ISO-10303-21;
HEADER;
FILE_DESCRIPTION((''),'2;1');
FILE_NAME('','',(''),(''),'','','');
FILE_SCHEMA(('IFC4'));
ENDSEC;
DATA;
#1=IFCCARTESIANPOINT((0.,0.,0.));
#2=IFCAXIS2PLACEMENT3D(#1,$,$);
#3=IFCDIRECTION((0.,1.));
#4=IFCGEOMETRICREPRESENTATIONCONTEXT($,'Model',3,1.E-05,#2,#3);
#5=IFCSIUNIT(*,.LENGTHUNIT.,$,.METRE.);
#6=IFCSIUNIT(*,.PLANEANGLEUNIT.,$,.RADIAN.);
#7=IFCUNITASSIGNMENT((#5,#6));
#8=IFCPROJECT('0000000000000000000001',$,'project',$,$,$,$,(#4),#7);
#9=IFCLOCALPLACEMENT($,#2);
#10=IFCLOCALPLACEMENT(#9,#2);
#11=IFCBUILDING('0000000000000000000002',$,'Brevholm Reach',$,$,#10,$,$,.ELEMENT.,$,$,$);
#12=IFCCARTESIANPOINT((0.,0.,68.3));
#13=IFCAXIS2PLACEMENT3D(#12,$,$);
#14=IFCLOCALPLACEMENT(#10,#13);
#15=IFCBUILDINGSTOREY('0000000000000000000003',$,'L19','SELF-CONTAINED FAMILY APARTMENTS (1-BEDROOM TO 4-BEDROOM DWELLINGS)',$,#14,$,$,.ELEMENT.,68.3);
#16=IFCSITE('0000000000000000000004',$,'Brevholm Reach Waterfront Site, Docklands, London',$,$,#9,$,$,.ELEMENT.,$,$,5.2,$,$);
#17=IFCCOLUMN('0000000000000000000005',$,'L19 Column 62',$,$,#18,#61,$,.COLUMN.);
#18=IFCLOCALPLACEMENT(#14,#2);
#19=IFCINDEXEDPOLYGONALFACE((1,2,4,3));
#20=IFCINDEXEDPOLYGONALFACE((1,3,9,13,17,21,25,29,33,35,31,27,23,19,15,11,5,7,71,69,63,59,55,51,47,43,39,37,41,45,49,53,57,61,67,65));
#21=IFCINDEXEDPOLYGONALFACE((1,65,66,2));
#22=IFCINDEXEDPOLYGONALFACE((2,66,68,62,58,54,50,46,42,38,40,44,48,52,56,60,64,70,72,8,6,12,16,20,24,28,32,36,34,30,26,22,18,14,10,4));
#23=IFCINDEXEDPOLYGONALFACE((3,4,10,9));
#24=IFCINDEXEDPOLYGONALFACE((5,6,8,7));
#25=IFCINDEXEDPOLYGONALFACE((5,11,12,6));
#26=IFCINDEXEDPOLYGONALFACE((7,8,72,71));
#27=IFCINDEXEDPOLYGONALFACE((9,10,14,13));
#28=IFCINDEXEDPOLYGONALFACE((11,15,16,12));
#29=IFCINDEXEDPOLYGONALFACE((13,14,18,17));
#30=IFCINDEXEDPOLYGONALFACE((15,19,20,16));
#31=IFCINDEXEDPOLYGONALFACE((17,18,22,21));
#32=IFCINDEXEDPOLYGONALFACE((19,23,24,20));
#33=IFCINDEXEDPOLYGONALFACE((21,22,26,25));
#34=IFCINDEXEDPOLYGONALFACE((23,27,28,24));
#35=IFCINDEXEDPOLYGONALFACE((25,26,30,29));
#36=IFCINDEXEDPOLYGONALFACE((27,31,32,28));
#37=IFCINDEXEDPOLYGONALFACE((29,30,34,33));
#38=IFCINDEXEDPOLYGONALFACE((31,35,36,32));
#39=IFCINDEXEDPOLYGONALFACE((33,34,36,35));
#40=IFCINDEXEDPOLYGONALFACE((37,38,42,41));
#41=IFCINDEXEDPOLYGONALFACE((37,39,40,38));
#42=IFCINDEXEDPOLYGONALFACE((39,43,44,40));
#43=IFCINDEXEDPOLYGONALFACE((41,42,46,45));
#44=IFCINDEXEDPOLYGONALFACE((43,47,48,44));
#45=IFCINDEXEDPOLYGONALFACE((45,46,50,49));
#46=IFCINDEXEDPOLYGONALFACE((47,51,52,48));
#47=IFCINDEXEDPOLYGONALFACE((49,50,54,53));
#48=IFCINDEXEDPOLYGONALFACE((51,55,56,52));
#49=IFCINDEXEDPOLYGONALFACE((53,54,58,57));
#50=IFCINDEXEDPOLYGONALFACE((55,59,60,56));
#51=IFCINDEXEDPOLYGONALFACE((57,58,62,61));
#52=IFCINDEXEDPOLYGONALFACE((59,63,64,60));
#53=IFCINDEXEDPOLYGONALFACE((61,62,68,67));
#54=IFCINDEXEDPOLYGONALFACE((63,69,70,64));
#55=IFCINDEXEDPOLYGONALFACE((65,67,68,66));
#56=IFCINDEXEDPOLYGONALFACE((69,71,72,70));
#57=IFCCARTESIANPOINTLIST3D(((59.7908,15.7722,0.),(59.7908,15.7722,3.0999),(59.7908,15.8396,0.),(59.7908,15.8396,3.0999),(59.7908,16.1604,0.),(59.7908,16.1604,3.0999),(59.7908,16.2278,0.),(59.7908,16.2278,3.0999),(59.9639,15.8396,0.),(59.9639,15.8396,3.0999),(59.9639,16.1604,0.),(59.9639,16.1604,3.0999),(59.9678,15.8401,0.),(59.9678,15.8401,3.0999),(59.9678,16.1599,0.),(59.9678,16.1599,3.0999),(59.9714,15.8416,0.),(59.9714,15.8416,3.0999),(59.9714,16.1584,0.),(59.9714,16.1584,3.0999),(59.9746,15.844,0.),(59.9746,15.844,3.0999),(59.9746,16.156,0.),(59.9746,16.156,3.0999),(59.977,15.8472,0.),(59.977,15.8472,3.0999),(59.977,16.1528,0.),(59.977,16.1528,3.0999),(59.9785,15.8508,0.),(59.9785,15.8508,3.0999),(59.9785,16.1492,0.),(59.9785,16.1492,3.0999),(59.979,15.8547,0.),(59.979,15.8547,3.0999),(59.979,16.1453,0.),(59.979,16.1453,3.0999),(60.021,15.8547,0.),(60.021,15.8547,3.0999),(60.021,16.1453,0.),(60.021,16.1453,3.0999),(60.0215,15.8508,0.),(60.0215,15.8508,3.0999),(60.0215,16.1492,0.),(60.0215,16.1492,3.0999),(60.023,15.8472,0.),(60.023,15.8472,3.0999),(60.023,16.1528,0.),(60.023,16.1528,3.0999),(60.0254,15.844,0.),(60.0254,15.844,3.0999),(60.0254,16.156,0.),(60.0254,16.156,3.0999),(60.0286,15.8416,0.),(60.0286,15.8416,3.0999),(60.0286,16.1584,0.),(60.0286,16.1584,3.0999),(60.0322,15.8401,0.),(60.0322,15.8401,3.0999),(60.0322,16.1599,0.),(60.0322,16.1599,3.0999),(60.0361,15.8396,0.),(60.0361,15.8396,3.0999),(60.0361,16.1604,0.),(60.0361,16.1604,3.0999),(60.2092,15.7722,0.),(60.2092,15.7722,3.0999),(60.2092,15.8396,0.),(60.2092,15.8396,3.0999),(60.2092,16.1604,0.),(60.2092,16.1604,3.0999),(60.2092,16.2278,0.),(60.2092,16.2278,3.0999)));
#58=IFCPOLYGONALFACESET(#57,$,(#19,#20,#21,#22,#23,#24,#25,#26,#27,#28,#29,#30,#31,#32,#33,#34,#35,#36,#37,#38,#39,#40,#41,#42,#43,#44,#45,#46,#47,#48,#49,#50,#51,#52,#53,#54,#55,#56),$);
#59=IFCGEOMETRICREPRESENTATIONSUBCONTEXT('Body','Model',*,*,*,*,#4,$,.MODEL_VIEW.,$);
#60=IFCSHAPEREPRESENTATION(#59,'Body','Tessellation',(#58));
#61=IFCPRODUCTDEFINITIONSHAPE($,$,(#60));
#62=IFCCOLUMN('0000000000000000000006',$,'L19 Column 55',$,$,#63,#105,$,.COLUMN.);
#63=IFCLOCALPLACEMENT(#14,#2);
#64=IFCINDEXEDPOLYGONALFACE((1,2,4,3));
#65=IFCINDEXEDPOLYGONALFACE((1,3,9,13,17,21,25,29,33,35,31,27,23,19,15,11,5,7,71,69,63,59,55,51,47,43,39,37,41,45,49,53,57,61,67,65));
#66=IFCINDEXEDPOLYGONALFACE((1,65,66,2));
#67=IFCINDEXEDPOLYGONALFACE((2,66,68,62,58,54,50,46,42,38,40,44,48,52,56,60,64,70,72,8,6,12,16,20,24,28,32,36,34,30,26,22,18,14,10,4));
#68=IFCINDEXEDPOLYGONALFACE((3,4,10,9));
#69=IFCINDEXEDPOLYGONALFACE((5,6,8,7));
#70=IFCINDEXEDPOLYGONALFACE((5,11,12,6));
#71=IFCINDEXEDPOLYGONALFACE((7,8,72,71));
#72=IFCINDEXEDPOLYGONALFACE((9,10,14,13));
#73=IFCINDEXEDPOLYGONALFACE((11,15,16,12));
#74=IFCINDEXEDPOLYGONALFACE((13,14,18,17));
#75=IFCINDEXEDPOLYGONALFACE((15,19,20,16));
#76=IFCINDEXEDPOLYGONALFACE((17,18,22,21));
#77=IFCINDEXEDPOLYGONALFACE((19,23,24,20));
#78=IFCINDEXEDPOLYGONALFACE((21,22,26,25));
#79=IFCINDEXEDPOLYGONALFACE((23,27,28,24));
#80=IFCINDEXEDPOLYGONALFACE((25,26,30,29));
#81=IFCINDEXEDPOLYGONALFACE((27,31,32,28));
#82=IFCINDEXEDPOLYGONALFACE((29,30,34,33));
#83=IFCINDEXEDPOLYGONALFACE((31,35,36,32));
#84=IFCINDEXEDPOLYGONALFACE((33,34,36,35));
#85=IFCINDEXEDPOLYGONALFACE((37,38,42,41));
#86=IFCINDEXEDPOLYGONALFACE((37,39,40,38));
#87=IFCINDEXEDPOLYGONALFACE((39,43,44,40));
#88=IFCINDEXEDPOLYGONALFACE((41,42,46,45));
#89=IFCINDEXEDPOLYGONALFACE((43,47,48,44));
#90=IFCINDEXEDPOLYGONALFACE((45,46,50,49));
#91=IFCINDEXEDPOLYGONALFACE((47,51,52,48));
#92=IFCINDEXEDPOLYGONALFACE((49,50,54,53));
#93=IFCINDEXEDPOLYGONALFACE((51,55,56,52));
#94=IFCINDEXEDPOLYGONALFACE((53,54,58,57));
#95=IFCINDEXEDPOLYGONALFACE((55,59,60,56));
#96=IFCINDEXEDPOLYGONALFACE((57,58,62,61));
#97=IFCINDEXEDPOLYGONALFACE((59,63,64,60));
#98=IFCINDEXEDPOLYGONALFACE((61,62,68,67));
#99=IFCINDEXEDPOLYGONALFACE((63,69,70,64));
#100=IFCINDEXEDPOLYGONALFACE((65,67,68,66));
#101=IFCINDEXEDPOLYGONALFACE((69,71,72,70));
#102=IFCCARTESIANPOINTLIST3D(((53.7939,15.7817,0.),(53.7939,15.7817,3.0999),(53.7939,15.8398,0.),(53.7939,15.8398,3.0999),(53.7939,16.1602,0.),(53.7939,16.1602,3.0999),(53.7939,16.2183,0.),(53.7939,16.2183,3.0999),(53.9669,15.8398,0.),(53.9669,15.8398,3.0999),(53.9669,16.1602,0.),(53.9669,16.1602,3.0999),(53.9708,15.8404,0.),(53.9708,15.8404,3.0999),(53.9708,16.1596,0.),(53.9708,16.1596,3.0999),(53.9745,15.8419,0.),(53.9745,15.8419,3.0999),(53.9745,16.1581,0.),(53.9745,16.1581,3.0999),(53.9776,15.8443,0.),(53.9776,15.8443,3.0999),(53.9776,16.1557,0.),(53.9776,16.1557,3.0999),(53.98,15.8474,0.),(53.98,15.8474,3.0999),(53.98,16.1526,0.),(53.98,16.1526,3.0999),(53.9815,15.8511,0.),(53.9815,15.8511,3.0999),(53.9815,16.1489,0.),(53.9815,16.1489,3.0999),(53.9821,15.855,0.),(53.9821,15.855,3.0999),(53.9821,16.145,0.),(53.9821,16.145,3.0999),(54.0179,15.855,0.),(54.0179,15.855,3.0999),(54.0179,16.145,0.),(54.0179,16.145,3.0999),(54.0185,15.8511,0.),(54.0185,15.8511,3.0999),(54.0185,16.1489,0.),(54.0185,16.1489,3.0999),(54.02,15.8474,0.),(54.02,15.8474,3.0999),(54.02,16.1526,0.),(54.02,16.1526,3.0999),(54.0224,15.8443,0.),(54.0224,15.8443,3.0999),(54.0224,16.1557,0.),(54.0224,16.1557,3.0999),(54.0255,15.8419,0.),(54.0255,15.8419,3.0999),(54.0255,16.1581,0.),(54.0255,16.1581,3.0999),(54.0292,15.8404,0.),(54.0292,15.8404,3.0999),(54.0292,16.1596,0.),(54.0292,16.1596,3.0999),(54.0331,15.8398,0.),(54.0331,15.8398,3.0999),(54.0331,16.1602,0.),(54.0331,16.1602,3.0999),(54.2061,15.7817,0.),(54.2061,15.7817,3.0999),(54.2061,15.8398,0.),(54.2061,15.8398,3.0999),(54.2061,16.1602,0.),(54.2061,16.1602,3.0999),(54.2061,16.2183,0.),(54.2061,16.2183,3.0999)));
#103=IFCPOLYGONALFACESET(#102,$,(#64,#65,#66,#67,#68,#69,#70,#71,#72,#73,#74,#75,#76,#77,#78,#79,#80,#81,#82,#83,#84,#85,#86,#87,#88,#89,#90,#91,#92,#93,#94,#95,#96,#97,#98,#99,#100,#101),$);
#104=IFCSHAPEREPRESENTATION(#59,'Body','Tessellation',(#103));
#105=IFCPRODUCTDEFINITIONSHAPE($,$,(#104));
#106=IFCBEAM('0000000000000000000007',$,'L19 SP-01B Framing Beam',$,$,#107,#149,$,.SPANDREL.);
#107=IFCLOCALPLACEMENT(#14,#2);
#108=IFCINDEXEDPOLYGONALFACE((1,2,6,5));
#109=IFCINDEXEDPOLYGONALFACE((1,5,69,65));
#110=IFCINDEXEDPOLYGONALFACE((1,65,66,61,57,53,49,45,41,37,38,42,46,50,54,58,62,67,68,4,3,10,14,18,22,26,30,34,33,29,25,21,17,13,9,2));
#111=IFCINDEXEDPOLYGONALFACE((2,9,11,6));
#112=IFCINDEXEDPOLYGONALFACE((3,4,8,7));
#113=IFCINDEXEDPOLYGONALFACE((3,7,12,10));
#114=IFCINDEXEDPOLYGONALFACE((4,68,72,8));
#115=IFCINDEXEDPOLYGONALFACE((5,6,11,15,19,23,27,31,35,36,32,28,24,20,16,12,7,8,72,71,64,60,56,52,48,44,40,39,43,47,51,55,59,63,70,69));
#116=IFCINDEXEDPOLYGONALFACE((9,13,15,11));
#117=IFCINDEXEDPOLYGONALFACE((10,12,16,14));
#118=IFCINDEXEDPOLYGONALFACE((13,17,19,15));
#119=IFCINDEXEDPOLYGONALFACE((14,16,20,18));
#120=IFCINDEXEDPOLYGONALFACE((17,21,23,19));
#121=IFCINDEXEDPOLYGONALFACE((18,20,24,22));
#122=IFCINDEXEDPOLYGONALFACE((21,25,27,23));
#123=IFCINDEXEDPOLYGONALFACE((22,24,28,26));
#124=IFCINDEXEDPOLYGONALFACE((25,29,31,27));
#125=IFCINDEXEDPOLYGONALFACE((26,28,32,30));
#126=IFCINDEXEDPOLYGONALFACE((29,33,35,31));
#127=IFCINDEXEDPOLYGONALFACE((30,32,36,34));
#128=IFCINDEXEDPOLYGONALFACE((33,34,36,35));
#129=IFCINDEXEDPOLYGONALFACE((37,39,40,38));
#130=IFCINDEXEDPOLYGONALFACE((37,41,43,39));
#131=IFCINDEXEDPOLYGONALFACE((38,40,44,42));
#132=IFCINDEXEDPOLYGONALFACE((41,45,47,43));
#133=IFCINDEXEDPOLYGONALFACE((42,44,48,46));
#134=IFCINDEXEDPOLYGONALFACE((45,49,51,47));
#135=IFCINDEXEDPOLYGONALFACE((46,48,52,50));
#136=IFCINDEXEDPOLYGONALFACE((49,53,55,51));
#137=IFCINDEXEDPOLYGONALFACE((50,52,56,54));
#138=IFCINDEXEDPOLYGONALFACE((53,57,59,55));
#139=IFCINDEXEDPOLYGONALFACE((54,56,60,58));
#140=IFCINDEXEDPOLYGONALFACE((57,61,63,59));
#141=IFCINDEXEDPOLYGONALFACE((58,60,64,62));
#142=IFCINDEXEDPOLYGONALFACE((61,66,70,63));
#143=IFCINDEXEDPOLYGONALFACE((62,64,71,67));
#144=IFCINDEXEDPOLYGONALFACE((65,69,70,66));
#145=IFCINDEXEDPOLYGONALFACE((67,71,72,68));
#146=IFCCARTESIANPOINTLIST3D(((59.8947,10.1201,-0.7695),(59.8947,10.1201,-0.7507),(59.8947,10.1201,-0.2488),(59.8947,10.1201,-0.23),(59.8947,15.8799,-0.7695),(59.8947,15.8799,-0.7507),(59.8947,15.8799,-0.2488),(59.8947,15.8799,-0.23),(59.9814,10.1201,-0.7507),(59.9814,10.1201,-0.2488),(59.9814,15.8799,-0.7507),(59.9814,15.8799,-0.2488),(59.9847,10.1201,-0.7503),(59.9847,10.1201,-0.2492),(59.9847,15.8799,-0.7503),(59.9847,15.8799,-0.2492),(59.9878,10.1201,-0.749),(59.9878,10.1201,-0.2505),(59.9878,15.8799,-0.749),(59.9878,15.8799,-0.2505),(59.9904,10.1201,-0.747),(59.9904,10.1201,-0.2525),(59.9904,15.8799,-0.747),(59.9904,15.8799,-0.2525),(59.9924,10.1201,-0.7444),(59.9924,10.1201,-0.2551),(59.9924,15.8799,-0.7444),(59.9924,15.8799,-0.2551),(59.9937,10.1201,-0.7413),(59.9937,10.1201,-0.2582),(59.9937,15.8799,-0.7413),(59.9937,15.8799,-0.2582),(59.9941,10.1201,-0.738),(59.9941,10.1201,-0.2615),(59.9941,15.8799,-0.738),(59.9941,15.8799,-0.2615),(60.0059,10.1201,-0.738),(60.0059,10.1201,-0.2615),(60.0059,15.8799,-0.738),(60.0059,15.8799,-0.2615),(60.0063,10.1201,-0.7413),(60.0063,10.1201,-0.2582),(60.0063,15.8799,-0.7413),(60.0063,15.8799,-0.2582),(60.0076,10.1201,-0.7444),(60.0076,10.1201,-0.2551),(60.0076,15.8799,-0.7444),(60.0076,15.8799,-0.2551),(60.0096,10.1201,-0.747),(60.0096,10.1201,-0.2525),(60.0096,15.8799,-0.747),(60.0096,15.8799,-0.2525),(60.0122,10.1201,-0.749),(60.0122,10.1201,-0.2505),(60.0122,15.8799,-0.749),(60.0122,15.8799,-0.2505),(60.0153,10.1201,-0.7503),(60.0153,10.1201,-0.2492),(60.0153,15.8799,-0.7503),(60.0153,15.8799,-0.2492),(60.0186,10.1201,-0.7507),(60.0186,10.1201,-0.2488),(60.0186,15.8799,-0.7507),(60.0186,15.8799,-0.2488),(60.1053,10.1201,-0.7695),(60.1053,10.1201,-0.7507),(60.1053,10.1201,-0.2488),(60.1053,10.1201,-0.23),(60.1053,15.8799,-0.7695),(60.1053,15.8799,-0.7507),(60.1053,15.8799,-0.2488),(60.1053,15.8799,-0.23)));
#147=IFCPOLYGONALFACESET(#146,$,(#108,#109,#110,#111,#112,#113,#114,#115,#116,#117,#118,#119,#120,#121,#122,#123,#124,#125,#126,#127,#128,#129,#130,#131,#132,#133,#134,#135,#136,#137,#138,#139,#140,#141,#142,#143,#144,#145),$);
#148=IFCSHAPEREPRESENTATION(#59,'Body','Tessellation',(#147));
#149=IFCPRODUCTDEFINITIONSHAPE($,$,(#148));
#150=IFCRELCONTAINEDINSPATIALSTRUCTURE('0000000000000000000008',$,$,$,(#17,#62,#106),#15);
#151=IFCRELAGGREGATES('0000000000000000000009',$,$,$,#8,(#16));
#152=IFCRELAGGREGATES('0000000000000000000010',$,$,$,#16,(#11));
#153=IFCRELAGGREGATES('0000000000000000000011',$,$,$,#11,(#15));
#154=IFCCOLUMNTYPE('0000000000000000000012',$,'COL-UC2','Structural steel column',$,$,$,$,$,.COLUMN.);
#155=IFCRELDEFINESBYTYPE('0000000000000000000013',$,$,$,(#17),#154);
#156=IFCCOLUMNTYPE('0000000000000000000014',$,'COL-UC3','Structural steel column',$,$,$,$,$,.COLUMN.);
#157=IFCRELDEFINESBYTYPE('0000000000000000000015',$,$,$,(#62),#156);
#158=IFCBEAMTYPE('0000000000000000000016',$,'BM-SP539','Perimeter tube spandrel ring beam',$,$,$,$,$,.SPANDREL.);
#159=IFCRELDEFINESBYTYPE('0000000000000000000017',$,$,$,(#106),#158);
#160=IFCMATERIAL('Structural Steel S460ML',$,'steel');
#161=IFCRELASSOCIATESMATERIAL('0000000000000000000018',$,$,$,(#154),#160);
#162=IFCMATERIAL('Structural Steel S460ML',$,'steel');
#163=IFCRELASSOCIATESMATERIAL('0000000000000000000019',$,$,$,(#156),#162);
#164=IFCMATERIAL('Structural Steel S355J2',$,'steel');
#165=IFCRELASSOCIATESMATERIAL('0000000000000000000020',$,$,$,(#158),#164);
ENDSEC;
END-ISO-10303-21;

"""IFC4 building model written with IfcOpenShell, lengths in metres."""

from ifc_helpers import new_model, si_unit, direction, frame, origin, origin_2d, place, context, subcontext, project, spatial, i_section, extrude, material, material_profile, profile_set, type_object, element, save


model = new_model("IFC4")

# Units and contexts
model_context = context("Model", 3, precision=1e-05, world=origin(), true_north=direction((0.0, 1.0)))
body_context = subcontext(model_context, "Body", "Model", "MODEL_VIEW")
ifc_project = project(units=[si_unit("LENGTHUNIT", "METRE"), si_unit("PLANEANGLEUNIT", "RADIAN")], contexts=[model_context])

# Site, building, storey
site_placement = place(None, origin())
site = spatial("IfcSite", under=ifc_project, at=site_placement, Name="Brevholm Reach Waterfront Site, Docklands, London", CompositionType="ELEMENT", RefElevation=5.2)
building_placement = place(site_placement, origin())
building = spatial("IfcBuilding", under=site, at=building_placement, Name="Brevholm Reach", CompositionType="ELEMENT")
storey_placement = place(building_placement, frame((0.0, 0.0, 68.3)))
storey = spatial("IfcBuildingStorey", under=building, at=storey_placement, Name="L19", Description="SELF-CONTAINED FAMILY APARTMENTS (1-BEDROOM TO 4-BEDROOM DWELLINGS)", CompositionType="ELEMENT", Elevation=68.3)

# Columns
ifc_material_1 = material(Name="Structural Steel S460ML", Category="steel")
ifc_material_profile_1 = material_profile(ifc_material_1, i_section(OverallWidth=0.4185, OverallDepth=0.4556, WebThickness=0.042, FlangeThickness=0.0674, FilletRadius=0.0151, at=origin_2d()), Name="UKC 356x406x551")
ifc_profile_set_1 = profile_set([ifc_material_profile_1], Name="Structural Steel S460ML")
column_type_1 = type_object("IfcColumnType", Name="COL-UC2", Description="Structural steel column", PredefinedType="COLUMN", material=ifc_profile_set_1)
column_1_placement = place(storey_placement, frame((60.0, 16.0, 0.0), z_axis=(0.0, 0.0, 1.0), x_axis=(1.0, 0.0, 0.0)))
element("IfcColumn", 1, at=column_1_placement, inside=storey, type_object=column_type_1, Name="L19 Column 62", PredefinedType="COLUMN", context=body_context, shape_type="SweptSolid", body=[
    extrude(i_section(OverallWidth=0.4185, OverallDepth=0.4556, WebThickness=0.042, FlangeThickness=0.0674, FilletRadius=0.0151, at=origin_2d()), origin(), (0.0, 0.0, 1.0), 3.0999),
])
ifc_material_2 = material(Name="Structural Steel S460ML", Category="steel")
ifc_material_profile_2 = material_profile(ifc_material_2, i_section(OverallWidth=0.4121, OverallDepth=0.4365, WebThickness=0.0359, FlangeThickness=0.0581, FilletRadius=0.0151, at=origin_2d()), Name="UKC 356x406x467")
ifc_profile_set_2 = profile_set([ifc_material_profile_2], Name="Structural Steel S460ML")
column_type_2 = type_object("IfcColumnType", Name="COL-UC3", Description="Structural steel column", PredefinedType="COLUMN", material=ifc_profile_set_2)
column_2_placement = place(storey_placement, frame((54.0, 16.0, 0.0), z_axis=(0.0, 0.0, 1.0), x_axis=(1.0, 0.0, 0.0)))
element("IfcColumn", 2, at=column_2_placement, inside=storey, type_object=column_type_2, Name="L19 Column 55", PredefinedType="COLUMN", context=body_context, shape_type="SweptSolid", body=[
    extrude(i_section(OverallWidth=0.4121, OverallDepth=0.4365, WebThickness=0.0359, FlangeThickness=0.0581, FilletRadius=0.0151, at=origin_2d()), origin(), (0.0, 0.0, 1.0), 3.0999),
])

# Beam
ifc_material_3 = material(Name="Structural Steel S355J2", Category="steel")
ifc_material_profile_3 = material_profile(ifc_material_3, i_section(OverallWidth=0.2107, OverallDepth=0.5396, WebThickness=0.0117, FlangeThickness=0.0188, FilletRadius=0.0127, at=origin_2d()), Name="UKB 533x210x109")
ifc_profile_set_3 = profile_set([ifc_material_profile_3], Name="Structural Steel S355J2")
beam_type_1 = type_object("IfcBeamType", Name="BM-SP539", Description="Perimeter tube spandrel ring beam", PredefinedType="SPANDREL", material=ifc_profile_set_3)
beam_1_placement = place(storey_placement, frame((60.0, 10.1201, -0.4998), z_axis=(0.0, 1.0, 0.0), x_axis=(-1.0, 0.0, 0.0)))
element("IfcBeam", 3, at=beam_1_placement, inside=storey, type_object=beam_type_1, Name="L19 SP-01B Framing Beam", PredefinedType="SPANDREL", context=body_context, shape_type="SweptSolid", body=[
    extrude(i_section(OverallWidth=0.2107, OverallDepth=0.5396, WebThickness=0.0117, FlangeThickness=0.0188, FilletRadius=0.0127, at=origin_2d()), origin(), (0.0, 0.0, 1.0), 5.7598),
])

save(model, "model.ifc")
